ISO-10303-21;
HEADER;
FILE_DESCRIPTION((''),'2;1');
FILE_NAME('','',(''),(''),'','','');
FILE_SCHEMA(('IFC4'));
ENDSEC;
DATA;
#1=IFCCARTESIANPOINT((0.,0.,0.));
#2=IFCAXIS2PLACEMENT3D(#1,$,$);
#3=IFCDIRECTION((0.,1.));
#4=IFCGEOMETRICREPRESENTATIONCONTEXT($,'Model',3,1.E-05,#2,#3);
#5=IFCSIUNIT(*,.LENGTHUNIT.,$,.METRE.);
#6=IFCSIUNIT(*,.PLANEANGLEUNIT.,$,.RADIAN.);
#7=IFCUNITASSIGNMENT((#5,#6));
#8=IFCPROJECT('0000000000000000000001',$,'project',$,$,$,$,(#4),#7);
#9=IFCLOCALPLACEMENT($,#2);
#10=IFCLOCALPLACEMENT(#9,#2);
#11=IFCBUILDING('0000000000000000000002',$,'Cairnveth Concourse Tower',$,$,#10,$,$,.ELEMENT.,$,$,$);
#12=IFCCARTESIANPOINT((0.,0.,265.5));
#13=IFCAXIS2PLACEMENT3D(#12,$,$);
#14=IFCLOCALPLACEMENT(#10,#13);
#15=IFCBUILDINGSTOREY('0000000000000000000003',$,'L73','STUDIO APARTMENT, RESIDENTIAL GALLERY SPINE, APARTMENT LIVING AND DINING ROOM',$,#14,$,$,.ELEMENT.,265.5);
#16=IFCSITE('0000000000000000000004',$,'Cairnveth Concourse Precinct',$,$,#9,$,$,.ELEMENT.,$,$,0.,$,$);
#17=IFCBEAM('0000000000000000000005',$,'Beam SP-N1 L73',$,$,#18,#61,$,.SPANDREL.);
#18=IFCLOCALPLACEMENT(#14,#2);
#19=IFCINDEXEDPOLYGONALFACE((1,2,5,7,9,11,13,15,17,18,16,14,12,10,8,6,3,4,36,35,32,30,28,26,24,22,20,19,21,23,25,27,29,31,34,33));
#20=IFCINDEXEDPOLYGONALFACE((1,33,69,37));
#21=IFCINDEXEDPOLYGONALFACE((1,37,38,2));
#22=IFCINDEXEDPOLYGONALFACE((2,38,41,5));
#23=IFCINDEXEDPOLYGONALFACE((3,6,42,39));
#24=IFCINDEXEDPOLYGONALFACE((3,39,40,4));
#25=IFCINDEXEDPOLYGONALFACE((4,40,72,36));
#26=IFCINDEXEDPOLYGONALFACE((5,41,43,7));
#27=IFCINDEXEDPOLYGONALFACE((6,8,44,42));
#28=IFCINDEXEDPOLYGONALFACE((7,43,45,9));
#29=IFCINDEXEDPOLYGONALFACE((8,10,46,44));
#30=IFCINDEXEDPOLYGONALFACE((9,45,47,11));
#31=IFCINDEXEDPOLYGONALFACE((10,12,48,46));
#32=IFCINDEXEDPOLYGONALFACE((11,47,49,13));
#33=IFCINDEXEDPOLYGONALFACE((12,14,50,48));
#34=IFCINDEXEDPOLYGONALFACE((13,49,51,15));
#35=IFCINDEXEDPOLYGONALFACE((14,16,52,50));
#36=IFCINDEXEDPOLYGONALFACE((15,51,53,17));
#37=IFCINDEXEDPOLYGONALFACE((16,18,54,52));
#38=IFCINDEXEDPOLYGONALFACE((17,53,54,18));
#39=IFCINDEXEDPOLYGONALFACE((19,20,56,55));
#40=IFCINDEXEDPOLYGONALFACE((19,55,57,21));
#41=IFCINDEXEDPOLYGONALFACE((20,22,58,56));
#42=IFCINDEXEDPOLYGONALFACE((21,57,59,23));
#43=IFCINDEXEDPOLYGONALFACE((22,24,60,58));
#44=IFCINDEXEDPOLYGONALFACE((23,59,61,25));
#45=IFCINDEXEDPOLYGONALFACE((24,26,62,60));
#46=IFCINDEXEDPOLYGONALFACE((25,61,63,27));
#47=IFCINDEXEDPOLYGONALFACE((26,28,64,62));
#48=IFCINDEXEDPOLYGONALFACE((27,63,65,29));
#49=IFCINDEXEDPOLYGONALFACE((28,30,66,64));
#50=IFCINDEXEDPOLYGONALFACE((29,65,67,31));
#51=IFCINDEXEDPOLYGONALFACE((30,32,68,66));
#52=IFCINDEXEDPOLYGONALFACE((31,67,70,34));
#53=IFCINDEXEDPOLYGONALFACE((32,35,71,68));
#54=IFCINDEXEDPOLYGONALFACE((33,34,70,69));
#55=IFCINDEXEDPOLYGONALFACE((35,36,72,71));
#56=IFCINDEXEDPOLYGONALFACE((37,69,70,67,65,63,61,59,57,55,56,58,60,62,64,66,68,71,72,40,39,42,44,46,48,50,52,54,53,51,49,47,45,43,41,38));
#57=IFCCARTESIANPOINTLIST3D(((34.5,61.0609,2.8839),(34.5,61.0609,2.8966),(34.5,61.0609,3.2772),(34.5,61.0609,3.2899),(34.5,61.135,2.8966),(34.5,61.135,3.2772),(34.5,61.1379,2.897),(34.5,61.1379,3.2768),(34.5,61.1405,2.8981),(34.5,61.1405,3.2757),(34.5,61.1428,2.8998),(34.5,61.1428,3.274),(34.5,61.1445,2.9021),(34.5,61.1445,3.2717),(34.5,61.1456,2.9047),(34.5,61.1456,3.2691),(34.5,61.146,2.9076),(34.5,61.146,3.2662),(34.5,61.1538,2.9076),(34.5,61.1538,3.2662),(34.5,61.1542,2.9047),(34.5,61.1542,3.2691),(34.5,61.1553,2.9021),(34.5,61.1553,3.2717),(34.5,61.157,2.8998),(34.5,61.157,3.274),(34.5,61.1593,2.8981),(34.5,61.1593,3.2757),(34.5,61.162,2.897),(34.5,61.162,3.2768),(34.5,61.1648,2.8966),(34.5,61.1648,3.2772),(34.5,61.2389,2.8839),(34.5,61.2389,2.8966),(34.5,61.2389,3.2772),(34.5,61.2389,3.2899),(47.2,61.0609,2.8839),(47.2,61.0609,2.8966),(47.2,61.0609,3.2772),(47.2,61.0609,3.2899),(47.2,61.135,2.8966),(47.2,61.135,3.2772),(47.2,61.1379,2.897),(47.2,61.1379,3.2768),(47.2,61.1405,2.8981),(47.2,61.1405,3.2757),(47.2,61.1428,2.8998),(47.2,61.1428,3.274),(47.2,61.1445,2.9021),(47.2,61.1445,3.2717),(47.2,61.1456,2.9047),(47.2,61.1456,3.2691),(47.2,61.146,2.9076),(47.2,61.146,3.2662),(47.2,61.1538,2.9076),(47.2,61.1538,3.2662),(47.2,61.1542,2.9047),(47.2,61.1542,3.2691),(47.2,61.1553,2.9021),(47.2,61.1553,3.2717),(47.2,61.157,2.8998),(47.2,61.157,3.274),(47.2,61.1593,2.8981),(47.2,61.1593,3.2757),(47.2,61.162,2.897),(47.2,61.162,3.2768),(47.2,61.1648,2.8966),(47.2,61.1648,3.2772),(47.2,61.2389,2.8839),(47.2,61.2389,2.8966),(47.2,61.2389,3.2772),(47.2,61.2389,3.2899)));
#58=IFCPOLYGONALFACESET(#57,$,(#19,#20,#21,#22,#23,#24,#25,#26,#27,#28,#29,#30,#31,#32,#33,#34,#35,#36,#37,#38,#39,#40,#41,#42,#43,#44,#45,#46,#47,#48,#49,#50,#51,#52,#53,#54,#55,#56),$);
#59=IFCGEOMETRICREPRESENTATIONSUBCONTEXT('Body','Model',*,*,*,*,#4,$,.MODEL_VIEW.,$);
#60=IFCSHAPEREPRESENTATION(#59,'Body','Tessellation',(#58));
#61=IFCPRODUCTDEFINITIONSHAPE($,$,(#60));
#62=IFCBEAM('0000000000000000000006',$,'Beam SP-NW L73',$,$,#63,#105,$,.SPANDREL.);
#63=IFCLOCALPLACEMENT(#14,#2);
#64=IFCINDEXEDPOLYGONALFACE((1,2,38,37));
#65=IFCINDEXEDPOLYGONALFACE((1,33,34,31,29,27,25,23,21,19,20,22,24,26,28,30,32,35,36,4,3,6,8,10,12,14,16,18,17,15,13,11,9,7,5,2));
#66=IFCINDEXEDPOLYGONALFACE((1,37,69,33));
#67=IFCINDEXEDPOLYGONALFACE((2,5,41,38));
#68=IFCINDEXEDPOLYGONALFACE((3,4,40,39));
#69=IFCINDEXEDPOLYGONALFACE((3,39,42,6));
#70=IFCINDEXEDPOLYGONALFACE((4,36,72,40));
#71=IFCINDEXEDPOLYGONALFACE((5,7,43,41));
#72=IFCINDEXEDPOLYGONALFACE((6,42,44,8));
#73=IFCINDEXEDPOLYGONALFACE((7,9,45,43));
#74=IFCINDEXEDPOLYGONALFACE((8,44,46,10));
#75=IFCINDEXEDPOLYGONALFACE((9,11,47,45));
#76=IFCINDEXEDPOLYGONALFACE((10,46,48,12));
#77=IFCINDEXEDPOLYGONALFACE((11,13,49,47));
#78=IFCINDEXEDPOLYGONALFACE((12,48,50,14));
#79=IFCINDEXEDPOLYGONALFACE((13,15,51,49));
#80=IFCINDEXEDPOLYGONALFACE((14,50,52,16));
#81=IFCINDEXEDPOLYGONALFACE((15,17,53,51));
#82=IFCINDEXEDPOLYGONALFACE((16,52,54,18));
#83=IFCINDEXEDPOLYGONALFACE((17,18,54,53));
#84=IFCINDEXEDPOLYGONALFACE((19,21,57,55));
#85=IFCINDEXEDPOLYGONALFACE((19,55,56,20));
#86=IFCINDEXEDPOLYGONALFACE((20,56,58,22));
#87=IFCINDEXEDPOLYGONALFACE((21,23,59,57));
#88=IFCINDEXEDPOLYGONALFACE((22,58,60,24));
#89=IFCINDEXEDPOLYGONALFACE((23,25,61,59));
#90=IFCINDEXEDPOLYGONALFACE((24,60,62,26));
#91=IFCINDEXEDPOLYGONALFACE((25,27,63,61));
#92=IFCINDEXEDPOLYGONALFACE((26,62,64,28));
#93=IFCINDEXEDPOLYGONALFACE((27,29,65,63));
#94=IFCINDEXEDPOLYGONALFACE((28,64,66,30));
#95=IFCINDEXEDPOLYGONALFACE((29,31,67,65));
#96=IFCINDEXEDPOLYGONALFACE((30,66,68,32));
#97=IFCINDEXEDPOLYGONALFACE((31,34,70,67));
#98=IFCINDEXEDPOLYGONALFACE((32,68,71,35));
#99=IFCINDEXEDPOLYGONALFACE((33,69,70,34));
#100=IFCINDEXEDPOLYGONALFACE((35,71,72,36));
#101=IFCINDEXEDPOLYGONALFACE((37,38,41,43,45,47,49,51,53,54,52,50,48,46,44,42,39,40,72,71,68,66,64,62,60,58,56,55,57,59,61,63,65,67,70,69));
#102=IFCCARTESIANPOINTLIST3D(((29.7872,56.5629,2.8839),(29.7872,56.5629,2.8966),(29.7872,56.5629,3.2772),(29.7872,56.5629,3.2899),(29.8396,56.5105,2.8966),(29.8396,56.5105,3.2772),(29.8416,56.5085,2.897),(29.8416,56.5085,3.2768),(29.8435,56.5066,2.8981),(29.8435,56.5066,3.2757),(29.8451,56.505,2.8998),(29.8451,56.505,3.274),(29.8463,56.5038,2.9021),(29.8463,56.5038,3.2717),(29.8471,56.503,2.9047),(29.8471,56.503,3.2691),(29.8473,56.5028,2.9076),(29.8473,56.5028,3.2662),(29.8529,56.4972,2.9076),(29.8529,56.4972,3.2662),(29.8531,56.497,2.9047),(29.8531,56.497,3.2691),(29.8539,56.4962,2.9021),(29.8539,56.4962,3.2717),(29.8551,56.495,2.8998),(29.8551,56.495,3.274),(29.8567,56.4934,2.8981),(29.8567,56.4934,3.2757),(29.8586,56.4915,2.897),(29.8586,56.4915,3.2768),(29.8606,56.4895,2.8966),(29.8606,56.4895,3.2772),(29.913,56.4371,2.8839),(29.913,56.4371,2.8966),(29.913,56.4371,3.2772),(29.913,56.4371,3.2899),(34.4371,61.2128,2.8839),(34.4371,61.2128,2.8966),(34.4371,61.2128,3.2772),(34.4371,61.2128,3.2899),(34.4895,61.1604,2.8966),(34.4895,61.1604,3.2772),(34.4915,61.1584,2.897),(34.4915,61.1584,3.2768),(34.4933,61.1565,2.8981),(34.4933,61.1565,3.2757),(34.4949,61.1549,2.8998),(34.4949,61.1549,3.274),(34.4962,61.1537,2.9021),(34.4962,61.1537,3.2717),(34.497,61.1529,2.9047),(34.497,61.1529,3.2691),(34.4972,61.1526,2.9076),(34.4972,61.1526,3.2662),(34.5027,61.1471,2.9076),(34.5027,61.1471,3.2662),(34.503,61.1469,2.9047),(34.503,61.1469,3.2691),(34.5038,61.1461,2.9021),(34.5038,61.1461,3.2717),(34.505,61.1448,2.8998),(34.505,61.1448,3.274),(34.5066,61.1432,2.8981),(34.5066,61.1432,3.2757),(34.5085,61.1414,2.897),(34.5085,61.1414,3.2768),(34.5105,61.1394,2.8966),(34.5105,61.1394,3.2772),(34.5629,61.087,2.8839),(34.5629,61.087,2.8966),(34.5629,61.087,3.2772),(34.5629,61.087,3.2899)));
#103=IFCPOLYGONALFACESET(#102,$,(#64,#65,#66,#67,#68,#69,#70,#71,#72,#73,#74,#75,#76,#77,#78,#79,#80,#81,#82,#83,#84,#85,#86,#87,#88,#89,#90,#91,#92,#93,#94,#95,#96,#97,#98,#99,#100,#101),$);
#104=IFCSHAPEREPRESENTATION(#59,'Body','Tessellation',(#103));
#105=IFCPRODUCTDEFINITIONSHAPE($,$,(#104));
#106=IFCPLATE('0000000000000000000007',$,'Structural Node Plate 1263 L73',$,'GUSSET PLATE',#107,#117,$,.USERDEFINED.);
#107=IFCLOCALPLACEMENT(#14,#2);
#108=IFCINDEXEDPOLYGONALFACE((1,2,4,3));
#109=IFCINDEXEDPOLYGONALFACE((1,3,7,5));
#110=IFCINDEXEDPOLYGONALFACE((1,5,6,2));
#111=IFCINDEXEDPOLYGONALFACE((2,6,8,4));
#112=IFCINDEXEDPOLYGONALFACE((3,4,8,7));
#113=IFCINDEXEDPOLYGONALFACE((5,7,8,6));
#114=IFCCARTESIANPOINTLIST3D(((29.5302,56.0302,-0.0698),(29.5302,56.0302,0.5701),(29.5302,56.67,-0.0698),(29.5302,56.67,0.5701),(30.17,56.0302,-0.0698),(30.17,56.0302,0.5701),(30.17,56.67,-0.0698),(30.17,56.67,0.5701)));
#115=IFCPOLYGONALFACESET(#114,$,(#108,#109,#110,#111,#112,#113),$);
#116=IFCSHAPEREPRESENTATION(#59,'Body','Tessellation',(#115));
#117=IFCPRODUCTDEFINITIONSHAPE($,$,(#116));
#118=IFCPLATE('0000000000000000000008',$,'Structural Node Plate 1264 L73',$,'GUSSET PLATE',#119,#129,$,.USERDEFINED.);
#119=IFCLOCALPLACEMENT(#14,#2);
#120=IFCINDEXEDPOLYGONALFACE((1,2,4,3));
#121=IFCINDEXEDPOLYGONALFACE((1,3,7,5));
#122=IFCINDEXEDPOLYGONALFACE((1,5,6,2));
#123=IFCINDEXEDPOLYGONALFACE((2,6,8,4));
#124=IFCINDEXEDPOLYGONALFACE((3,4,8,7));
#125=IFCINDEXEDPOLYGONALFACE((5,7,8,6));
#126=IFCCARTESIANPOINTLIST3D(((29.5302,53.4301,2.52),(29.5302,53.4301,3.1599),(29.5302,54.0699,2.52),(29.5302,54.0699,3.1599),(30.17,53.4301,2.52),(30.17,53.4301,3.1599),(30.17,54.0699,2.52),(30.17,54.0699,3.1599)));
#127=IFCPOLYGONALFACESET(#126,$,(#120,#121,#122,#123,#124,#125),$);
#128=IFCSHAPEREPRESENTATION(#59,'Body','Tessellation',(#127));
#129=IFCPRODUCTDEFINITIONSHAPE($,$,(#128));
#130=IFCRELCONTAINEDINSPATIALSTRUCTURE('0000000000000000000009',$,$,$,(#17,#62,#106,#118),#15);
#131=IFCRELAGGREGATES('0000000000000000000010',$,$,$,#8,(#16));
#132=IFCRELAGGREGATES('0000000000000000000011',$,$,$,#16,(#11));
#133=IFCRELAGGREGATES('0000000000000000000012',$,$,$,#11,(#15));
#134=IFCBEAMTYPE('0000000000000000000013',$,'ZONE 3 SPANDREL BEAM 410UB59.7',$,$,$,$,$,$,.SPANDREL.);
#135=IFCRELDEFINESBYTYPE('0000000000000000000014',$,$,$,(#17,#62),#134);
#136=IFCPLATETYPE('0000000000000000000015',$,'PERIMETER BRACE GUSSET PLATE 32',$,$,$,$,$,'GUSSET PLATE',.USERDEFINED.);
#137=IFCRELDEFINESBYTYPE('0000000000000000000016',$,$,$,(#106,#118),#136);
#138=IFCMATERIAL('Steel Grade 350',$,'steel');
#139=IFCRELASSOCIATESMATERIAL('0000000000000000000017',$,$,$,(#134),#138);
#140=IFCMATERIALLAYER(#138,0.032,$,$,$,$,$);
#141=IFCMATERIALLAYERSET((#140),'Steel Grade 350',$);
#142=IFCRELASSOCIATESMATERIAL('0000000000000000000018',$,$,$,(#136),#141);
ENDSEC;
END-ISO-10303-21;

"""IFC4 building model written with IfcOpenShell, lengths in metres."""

from ifc_helpers import new_model, si_unit, direction, frame, origin, origin_2d, place, context, subcontext, project, spatial, rectangle, i_section, extrude, material, layer, layer_set, material_profile, profile_set, type_object, element, save


model = new_model("IFC4")

# Units and contexts
model_context = context("Model", 3, precision=1e-05, world=origin(), true_north=direction((0.0, 1.0)))
body_context = subcontext(model_context, "Body", "Model", "MODEL_VIEW")
ifc_project = project(units=[si_unit("LENGTHUNIT", "METRE"), si_unit("PLANEANGLEUNIT", "RADIAN")], contexts=[model_context])

# Site, building, storey
site_placement = place(None, origin())
site = spatial("IfcSite", under=ifc_project, at=site_placement, Name="Cairnveth Concourse Precinct", CompositionType="ELEMENT", RefElevation=0.0)
building_placement = place(site_placement, origin())
building = spatial("IfcBuilding", under=site, at=building_placement, Name="Cairnveth Concourse Tower", CompositionType="ELEMENT")
storey_placement = place(building_placement, frame((0.0, 0.0, 265.5)))
storey = spatial("IfcBuildingStorey", under=building, at=storey_placement, Name="L73", Description="STUDIO APARTMENT, RESIDENTIAL GALLERY SPINE, APARTMENT LIVING AND DINING ROOM", CompositionType="ELEMENT", Elevation=265.5)

# Shared definitions
ifc_material_1 = material(Name="Steel Grade 350", Category="steel")

# Beams
ifc_material_profile_1 = material_profile(ifc_material_1, i_section(OverallWidth=0.178, OverallDepth=0.406, WebThickness=0.0078, FlangeThickness=0.0127, FilletRadius=0.011, at=origin_2d()), Name="410UB59.7")
ifc_profile_set_1 = profile_set([ifc_material_profile_1], Name="Steel Grade 350")
beam_type_1 = type_object("IfcBeamType", Name="ZONE 3 SPANDREL BEAM 410UB59.7", PredefinedType="SPANDREL", material=ifc_profile_set_1)
beam_1_placement = place(storey_placement, frame((34.5, 61.1499, 3.0869), z_axis=(1.0, 0.0, 0.0), x_axis=(0.0, 1.0, 0.0)))
element("IfcBeam", 1, at=beam_1_placement, inside=storey, type_object=beam_type_1, Name="Beam SP-N1 L73", PredefinedType="SPANDREL", context=body_context, shape_type="SweptSolid", body=[
    extrude(i_section(OverallWidth=0.178, OverallDepth=0.406, WebThickness=0.0078, FlangeThickness=0.0127, FilletRadius=0.011, at=origin_2d()), origin(), (0.0, 0.0, 1.0), 12.7),
])
beam_2_placement = place(storey_placement, frame((29.8501, 56.5, 3.0869), z_axis=(0.707107, 0.707107, 0.0), x_axis=(-0.707107, 0.707107, 0.0)))
element("IfcBeam", 2, at=beam_2_placement, inside=storey, type_object=beam_type_1, Name="Beam SP-NW L73", PredefinedType="SPANDREL", context=body_context, shape_type="SweptSolid", body=[
    extrude(i_section(OverallWidth=0.178, OverallDepth=0.406, WebThickness=0.0078, FlangeThickness=0.0127, FilletRadius=0.011, at=origin_2d()), origin(), (0.0, 0.0, 1.0), 6.5759),
])

# Plates
ifc_layer_1 = layer(ifc_material_1, 0.032)
ifc_layer_set_1 = layer_set([ifc_layer_1], Name="Steel Grade 350")
plate_type = type_object("IfcPlateType", Name="PERIMETER BRACE GUSSET PLATE 32", ElementType="GUSSET PLATE", PredefinedType="USERDEFINED", material=ifc_layer_set_1)
for number, where, z_axis, x_axis, name in (
    (3, (29.8501, 56.3501, -0.0698), (0.0, 0.0, 1.0), (1.0, 0.0, 0.0), "Structural Node Plate 1263 L73"),
    (4, (29.8501, 53.75, 2.52), (0.0, 0.0, 1.0), (1.0, 0.0, 0.0), "Structural Node Plate 1264 L73"),
):
    element("IfcPlate", number, at=place(storey_placement, frame(where, z_axis=z_axis, x_axis=x_axis)), inside=storey, type_object=plate_type, Name=name, ObjectType="GUSSET PLATE", PredefinedType="USERDEFINED", context=body_context, shape_type="SweptSolid", body=[
        extrude(rectangle(XDim=0.6399, YDim=0.6399, at=origin_2d()), origin(), (0.0, 0.0, 1.0), 0.6399),
    ])

save(model, "model.ifc")
